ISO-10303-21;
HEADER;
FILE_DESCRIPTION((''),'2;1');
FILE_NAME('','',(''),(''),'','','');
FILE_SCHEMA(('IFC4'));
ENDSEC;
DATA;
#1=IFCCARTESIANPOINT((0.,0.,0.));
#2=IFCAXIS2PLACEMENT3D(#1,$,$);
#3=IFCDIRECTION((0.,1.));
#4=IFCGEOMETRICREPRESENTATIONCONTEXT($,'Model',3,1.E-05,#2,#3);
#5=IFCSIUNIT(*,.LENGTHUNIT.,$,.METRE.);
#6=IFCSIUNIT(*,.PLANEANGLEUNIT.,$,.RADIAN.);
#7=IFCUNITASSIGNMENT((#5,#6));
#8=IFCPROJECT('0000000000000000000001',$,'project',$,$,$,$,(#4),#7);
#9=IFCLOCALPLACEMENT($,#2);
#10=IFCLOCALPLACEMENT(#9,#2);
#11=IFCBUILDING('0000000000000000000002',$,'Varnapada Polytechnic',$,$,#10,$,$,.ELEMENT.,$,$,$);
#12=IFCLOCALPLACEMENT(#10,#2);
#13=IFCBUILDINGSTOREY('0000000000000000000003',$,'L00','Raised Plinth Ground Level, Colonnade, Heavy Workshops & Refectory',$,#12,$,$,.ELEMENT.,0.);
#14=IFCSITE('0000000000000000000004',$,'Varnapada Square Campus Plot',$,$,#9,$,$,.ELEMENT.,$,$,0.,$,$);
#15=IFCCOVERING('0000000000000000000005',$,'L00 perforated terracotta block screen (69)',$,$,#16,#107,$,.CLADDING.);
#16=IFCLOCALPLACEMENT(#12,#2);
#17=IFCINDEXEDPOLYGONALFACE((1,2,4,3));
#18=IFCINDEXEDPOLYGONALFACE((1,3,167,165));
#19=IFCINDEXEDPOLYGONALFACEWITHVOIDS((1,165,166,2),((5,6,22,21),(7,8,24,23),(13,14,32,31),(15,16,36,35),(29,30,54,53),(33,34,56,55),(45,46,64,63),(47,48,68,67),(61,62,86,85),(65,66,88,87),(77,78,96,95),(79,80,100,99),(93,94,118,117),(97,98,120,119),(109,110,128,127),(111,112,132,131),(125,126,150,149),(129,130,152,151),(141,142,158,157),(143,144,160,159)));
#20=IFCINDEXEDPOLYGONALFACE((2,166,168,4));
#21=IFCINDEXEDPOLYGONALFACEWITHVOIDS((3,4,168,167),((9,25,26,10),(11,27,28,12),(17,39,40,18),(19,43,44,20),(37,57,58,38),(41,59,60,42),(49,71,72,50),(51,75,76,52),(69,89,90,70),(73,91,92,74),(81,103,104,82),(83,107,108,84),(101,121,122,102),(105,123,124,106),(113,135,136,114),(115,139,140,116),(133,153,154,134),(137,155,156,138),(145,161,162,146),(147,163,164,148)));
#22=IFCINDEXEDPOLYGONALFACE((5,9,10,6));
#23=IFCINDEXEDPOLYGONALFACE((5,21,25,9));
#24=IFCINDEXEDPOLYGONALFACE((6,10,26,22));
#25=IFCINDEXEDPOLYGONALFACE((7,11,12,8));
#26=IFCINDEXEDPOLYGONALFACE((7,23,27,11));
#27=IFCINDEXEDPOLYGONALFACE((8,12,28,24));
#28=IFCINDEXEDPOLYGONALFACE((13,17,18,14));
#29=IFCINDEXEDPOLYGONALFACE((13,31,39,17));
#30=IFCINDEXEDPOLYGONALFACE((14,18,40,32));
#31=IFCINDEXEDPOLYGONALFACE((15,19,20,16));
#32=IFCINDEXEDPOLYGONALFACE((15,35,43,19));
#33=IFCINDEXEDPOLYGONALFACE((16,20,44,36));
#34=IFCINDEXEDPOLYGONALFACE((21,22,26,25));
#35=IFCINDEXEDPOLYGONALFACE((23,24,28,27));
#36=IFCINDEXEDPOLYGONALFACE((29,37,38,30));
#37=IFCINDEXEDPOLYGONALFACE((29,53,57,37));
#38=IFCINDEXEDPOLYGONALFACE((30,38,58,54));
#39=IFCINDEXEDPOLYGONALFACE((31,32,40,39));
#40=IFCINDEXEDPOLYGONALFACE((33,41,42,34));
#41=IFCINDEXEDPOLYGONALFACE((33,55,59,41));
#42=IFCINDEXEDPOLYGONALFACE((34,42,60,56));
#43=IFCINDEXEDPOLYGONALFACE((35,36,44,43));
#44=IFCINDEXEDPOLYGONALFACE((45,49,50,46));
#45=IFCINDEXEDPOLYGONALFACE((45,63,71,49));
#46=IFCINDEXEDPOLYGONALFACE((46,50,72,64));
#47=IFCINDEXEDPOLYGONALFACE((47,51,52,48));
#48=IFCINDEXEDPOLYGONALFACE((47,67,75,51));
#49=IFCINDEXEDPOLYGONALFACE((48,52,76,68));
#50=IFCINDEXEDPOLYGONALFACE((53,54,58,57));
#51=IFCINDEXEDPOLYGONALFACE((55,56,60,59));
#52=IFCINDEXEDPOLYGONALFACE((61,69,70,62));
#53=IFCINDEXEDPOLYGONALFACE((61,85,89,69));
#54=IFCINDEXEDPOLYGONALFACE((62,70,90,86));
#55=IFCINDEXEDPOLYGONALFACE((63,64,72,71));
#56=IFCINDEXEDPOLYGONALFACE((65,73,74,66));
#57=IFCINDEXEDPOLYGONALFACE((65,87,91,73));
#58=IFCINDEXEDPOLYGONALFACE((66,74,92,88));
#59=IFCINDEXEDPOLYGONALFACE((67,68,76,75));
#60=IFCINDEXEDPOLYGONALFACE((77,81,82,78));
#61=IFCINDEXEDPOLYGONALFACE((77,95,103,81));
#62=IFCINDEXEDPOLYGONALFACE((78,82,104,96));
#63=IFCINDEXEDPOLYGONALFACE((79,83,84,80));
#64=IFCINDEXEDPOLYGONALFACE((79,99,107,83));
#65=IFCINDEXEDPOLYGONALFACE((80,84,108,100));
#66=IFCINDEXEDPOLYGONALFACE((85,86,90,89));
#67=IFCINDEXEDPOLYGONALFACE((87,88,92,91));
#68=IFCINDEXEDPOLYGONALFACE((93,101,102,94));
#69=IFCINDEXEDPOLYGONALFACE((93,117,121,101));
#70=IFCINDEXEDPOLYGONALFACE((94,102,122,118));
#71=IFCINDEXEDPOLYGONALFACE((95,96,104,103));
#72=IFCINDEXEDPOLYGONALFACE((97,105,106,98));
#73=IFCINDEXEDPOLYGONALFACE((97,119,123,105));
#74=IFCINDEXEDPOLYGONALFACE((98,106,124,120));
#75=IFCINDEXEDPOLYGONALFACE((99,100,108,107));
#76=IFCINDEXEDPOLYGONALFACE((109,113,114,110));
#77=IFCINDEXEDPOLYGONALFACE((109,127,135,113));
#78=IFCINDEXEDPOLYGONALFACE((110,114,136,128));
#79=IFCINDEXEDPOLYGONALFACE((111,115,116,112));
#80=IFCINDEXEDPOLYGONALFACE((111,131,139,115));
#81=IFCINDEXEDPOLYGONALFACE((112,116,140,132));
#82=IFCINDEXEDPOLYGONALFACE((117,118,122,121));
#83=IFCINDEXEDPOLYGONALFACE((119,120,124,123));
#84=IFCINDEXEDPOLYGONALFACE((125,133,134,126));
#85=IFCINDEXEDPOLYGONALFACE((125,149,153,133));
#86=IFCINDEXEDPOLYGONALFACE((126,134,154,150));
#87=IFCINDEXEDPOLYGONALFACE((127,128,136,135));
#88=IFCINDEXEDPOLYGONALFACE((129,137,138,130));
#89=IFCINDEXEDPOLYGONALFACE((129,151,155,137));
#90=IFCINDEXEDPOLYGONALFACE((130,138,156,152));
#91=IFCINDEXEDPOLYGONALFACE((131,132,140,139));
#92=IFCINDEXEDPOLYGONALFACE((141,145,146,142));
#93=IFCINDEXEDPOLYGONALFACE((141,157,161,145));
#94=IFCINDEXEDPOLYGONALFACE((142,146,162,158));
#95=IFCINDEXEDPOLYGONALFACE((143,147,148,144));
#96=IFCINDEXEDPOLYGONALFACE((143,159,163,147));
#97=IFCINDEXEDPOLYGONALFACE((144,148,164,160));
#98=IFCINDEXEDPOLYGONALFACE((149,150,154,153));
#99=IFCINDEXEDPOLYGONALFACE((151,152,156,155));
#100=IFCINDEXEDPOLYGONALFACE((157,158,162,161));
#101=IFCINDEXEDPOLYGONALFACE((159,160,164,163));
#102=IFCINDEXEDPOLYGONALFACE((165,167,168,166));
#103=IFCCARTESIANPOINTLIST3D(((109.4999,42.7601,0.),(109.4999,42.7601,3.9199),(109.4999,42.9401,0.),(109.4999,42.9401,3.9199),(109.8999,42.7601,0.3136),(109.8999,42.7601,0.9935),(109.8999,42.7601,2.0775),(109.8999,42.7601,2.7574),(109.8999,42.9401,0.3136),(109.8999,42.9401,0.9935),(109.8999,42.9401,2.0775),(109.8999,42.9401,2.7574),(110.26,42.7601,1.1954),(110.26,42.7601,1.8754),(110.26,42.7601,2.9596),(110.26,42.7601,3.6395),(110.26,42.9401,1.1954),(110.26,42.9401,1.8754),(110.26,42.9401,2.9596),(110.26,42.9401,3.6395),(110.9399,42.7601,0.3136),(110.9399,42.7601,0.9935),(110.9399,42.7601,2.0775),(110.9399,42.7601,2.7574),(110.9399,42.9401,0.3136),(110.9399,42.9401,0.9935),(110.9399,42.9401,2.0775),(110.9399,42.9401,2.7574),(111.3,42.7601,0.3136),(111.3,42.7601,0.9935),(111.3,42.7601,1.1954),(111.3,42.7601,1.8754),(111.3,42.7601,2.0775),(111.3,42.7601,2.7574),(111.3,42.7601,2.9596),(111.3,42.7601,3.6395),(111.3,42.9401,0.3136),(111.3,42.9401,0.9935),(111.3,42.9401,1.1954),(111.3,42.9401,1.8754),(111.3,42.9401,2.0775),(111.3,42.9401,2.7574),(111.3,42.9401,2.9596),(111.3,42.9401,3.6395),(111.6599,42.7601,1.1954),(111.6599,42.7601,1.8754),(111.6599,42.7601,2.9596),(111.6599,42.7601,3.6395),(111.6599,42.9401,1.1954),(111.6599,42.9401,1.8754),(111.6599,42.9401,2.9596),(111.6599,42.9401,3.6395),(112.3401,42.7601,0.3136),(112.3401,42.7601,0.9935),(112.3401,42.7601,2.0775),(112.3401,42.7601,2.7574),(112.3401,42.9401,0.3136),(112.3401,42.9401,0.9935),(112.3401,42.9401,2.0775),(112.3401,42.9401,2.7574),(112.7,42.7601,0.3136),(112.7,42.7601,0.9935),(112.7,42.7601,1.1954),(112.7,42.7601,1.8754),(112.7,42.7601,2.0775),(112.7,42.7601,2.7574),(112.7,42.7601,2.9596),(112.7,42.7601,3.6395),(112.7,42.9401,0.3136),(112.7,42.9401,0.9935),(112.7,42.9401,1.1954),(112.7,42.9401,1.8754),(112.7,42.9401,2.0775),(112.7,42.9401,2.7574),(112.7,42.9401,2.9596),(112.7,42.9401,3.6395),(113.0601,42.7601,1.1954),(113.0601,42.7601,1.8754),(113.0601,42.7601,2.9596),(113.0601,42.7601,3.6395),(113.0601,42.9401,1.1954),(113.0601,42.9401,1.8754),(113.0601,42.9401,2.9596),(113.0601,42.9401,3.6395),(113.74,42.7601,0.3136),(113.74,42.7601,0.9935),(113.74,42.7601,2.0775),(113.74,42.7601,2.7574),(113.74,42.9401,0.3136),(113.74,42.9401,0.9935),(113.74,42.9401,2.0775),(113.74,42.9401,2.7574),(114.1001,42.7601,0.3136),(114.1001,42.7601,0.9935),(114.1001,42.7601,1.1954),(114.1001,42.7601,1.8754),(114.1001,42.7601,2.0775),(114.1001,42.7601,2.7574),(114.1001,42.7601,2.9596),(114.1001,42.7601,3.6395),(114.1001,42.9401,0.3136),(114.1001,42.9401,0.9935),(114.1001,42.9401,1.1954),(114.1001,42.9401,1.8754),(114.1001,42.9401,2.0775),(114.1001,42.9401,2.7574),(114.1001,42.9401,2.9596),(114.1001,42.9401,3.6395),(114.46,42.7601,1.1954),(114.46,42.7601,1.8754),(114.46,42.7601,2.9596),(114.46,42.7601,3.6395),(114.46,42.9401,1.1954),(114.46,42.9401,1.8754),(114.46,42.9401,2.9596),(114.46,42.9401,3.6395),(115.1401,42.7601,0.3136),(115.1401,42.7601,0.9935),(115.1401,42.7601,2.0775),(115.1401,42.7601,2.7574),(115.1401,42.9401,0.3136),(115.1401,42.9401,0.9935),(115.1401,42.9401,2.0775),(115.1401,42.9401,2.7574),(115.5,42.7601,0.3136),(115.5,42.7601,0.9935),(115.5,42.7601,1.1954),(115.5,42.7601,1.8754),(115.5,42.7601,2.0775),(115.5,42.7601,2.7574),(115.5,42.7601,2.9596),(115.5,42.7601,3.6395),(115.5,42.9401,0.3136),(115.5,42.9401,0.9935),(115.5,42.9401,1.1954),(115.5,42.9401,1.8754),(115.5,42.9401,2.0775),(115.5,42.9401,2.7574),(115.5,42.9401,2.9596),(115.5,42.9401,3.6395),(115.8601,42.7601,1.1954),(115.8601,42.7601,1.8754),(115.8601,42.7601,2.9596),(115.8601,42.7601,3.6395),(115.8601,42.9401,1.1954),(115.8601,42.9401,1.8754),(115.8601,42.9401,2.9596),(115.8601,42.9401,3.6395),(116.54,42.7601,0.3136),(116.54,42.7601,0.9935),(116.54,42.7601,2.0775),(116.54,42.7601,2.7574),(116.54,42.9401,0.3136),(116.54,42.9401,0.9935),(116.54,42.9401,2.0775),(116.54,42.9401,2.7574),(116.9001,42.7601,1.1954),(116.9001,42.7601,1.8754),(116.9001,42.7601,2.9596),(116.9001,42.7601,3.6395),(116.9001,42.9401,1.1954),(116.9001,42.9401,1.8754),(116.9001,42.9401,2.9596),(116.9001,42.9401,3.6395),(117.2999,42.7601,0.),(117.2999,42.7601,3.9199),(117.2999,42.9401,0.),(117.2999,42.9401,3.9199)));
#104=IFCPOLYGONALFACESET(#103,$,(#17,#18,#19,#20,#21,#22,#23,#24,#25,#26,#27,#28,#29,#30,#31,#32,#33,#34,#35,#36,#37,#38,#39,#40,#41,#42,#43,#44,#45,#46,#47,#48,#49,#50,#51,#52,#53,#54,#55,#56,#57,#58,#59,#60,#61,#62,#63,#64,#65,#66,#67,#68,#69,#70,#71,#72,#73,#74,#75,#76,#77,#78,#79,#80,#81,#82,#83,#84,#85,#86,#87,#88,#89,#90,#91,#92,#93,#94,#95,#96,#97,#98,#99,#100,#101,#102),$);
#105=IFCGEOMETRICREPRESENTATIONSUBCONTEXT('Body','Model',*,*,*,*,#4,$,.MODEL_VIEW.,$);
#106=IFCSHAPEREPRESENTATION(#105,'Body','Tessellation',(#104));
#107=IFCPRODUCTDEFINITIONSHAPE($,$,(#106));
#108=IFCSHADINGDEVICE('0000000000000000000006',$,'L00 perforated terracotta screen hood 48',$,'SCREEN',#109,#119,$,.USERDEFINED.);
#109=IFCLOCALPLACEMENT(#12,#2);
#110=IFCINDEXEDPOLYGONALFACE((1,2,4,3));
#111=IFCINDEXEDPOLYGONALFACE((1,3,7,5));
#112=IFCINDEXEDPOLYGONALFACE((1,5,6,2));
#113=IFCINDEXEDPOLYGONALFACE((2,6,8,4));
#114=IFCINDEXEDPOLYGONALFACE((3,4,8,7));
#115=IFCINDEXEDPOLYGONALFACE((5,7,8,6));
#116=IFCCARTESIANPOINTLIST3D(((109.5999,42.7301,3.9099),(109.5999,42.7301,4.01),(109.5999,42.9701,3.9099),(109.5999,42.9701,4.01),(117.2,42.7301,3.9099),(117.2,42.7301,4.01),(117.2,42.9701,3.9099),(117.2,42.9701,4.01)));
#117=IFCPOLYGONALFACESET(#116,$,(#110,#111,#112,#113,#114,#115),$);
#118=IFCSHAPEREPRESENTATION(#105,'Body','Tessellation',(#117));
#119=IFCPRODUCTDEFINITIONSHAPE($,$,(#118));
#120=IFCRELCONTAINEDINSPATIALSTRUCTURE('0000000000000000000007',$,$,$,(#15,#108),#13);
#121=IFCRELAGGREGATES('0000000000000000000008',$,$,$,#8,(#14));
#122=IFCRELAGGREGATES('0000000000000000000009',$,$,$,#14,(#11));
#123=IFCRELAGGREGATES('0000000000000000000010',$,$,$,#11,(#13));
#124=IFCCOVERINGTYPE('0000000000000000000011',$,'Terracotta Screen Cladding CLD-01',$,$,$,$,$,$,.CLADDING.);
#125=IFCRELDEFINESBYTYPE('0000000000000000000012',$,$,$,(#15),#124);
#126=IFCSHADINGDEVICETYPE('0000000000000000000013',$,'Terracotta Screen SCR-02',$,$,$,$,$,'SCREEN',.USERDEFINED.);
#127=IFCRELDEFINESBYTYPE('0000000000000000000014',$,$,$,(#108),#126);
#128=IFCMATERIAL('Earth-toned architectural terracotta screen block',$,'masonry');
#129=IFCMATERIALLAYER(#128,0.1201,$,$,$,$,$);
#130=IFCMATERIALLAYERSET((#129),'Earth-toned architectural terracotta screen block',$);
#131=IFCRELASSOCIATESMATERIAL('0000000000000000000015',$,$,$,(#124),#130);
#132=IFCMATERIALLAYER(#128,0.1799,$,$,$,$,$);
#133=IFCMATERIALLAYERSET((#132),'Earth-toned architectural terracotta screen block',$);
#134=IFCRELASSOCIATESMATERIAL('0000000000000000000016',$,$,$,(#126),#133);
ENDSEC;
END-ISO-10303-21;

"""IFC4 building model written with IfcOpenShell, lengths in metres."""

from ifc_helpers import new_model, si_unit, direction, frame, frame_2d, origin, origin_2d, place, context, subcontext, project, spatial, rectangle, extrude, material, layer, layer_set, type_object, element, save


model = new_model("IFC4")

# Units and contexts
model_context = context("Model", 3, precision=1e-05, world=origin(), true_north=direction((0.0, 1.0)))
body_context = subcontext(model_context, "Body", "Model", "MODEL_VIEW")
ifc_project = project(units=[si_unit("LENGTHUNIT", "METRE"), si_unit("PLANEANGLEUNIT", "RADIAN")], contexts=[model_context])

# Site, building, storey
site_placement = place(None, origin())
site = spatial("IfcSite", under=ifc_project, at=site_placement, Name="Varnapada Square Campus Plot", CompositionType="ELEMENT", RefElevation=0.0)
building_placement = place(site_placement, origin())
building = spatial("IfcBuilding", under=site, at=building_placement, Name="Varnapada Polytechnic", CompositionType="ELEMENT")
storey_placement = place(building_placement, origin())
storey = spatial("IfcBuildingStorey", under=building, at=storey_placement, Name="L00", Description="Raised Plinth Ground Level, Colonnade, Heavy Workshops & Refectory", CompositionType="ELEMENT", Elevation=0.0)

# Covering, openings
ifc_material_1 = material(Name="Earth-toned architectural terracotta screen block", Category="masonry")
ifc_layer_1 = layer(ifc_material_1, 0.1201)
ifc_layer_set_1 = layer_set([ifc_layer_1], Name="Earth-toned architectural terracotta screen block")
covering_type = type_object("IfcCoveringType", Name="Terracotta Screen Cladding CLD-01", PredefinedType="CLADDING", material=ifc_layer_set_1)
covering_placement = place(storey_placement, frame((109.5, 42.8501, 0.0), z_axis=(0.0, 0.0, 1.0), x_axis=(1.0, 0.0, 0.0)))
covering = element("IfcCovering", 1, at=covering_placement, inside=storey, type_object=covering_type, Name="L00 perforated terracotta block screen (69)", PredefinedType="CLADDING", context=body_context, shape_type="SweptSolid", body=[
    extrude(rectangle(XDim=7.8, YDim=0.1799, at=frame_2d((3.8999, 0.0))), origin(), (0.0, 0.0, 1.0), 3.9199),
])
opening_1_placement = place(covering_placement, frame((0.3999, 0.0, 0.3137)))
element("IfcOpeningElement", 2, at=opening_1_placement, cuts=covering, PredefinedType="OPENING", context=body_context, shape_type="SweptSolid", body=[
    extrude(rectangle(XDim=1.04, YDim=0.6799, at=frame_2d((0.52, 0.3398))), frame((0.0, 0.0999, 0.0), z_axis=(0.0, -1.0, 0.0), x_axis=(1.0, 0.0, 0.0)), (0.0, 0.0, 1.0), 0.2),
])
opening_2_placement = place(covering_placement, frame((1.8, 0.0, 0.3137)))
element("IfcOpeningElement", 3, at=opening_2_placement, cuts=covering, PredefinedType="OPENING", context=body_context, shape_type="SweptSolid", body=[
    extrude(rectangle(XDim=1.04, YDim=0.6799, at=frame_2d((0.52, 0.3398))), frame((0.0, 0.0999, 0.0), z_axis=(0.0, -1.0, 0.0), x_axis=(1.0, 0.0, 0.0)), (0.0, 0.0, 1.0), 0.2),
])
opening_3_placement = place(covering_placement, frame((3.2, 0.0, 0.3137)))
element("IfcOpeningElement", 4, at=opening_3_placement, cuts=covering, PredefinedType="OPENING", context=body_context, shape_type="SweptSolid", body=[
    extrude(rectangle(XDim=1.04, YDim=0.6799, at=frame_2d((0.52, 0.3398))), frame((0.0, 0.0999, 0.0), z_axis=(0.0, -1.0, 0.0), x_axis=(1.0, 0.0, 0.0)), (0.0, 0.0, 1.0), 0.2),
])
opening_4_placement = place(covering_placement, frame((4.6001, 0.0, 0.3137)))
element("IfcOpeningElement", 5, at=opening_4_placement, cuts=covering, PredefinedType="OPENING", context=body_context, shape_type="SweptSolid", body=[
    extrude(rectangle(XDim=1.04, YDim=0.6799, at=frame_2d((0.52, 0.3398))), frame((0.0, 0.0999, 0.0), z_axis=(0.0, -1.0, 0.0), x_axis=(1.0, 0.0, 0.0)), (0.0, 0.0, 1.0), 0.2),
])
opening_5_placement = place(covering_placement, frame((6.0, 0.0, 0.3137)))
element("IfcOpeningElement", 6, at=opening_5_placement, cuts=covering, PredefinedType="OPENING", context=body_context, shape_type="SweptSolid", body=[
    extrude(rectangle(XDim=1.04, YDim=0.6799, at=frame_2d((0.52, 0.3398))), frame((0.0, 0.0999, 0.0), z_axis=(0.0, -1.0, 0.0), x_axis=(1.0, 0.0, 0.0)), (0.0, 0.0, 1.0), 0.2),
])
opening_6_placement = place(covering_placement, frame((0.76, 0.0, 1.1956)))
element("IfcOpeningElement", 7, at=opening_6_placement, cuts=covering, PredefinedType="OPENING", context=body_context, shape_type="SweptSolid", body=[
    extrude(rectangle(XDim=1.04, YDim=0.6799, at=frame_2d((0.52, 0.3398))), frame((0.0, 0.0999, 0.0), z_axis=(0.0, -1.0, 0.0), x_axis=(1.0, 0.0, 0.0)), (0.0, 0.0, 1.0), 0.2),
])
opening_7_placement = place(covering_placement, frame((2.1599, 0.0, 1.1956)))
element("IfcOpeningElement", 8, at=opening_7_placement, cuts=covering, PredefinedType="OPENING", context=body_context, shape_type="SweptSolid", body=[
    extrude(rectangle(XDim=1.04, YDim=0.6799, at=frame_2d((0.52, 0.3398))), frame((0.0, 0.0999, 0.0), z_axis=(0.0, -1.0, 0.0), x_axis=(1.0, 0.0, 0.0)), (0.0, 0.0, 1.0), 0.2),
])
opening_8_placement = place(covering_placement, frame((3.5601, 0.0, 1.1956)))
element("IfcOpeningElement", 9, at=opening_8_placement, cuts=covering, PredefinedType="OPENING", context=body_context, shape_type="SweptSolid", body=[
    extrude(rectangle(XDim=1.04, YDim=0.6799, at=frame_2d((0.52, 0.3398))), frame((0.0, 0.0999, 0.0), z_axis=(0.0, -1.0, 0.0), x_axis=(1.0, 0.0, 0.0)), (0.0, 0.0, 1.0), 0.2),
])
opening_9_placement = place(covering_placement, frame((4.96, 0.0, 1.1956)))
element("IfcOpeningElement", 10, at=opening_9_placement, cuts=covering, PredefinedType="OPENING", context=body_context, shape_type="SweptSolid", body=[
    extrude(rectangle(XDim=1.04, YDim=0.6799, at=frame_2d((0.52, 0.3398))), frame((0.0, 0.0999, 0.0), z_axis=(0.0, -1.0, 0.0), x_axis=(1.0, 0.0, 0.0)), (0.0, 0.0, 1.0), 0.2),
])
opening_10_placement = place(covering_placement, frame((6.3601, 0.0, 1.1956)))
element("IfcOpeningElement", 11, at=opening_10_placement, cuts=covering, PredefinedType="OPENING", context=body_context, shape_type="SweptSolid", body=[
    extrude(rectangle(XDim=1.04, YDim=0.6799, at=frame_2d((0.52, 0.3398))), frame((0.0, 0.0999, 0.0), z_axis=(0.0, -1.0, 0.0), x_axis=(1.0, 0.0, 0.0)), (0.0, 0.0, 1.0), 0.2),
])
opening_11_placement = place(covering_placement, frame((0.3999, 0.0, 2.0776)))
element("IfcOpeningElement", 12, at=opening_11_placement, cuts=covering, PredefinedType="OPENING", context=body_context, shape_type="SweptSolid", body=[
    extrude(rectangle(XDim=1.04, YDim=0.6799, at=frame_2d((0.52, 0.3398))), frame((0.0, 0.0999, 0.0), z_axis=(0.0, -1.0, 0.0), x_axis=(1.0, 0.0, 0.0)), (0.0, 0.0, 1.0), 0.2),
])
opening_12_placement = place(covering_placement, frame((1.8, 0.0, 2.0776)))
element("IfcOpeningElement", 13, at=opening_12_placement, cuts=covering, PredefinedType="OPENING", context=body_context, shape_type="SweptSolid", body=[
    extrude(rectangle(XDim=1.04, YDim=0.6799, at=frame_2d((0.52, 0.3398))), frame((0.0, 0.0999, 0.0), z_axis=(0.0, -1.0, 0.0), x_axis=(1.0, 0.0, 0.0)), (0.0, 0.0, 1.0), 0.2),
])
opening_13_placement = place(covering_placement, frame((3.2, 0.0, 2.0776)))
element("IfcOpeningElement", 14, at=opening_13_placement, cuts=covering, PredefinedType="OPENING", context=body_context, shape_type="SweptSolid", body=[
    extrude(rectangle(XDim=1.04, YDim=0.6799, at=frame_2d((0.52, 0.3398))), frame((0.0, 0.0999, 0.0), z_axis=(0.0, -1.0, 0.0), x_axis=(1.0, 0.0, 0.0)), (0.0, 0.0, 1.0), 0.2),
])
opening_14_placement = place(covering_placement, frame((4.6001, 0.0, 2.0776)))
element("IfcOpeningElement", 15, at=opening_14_placement, cuts=covering, PredefinedType="OPENING", context=body_context, shape_type="SweptSolid", body=[
    extrude(rectangle(XDim=1.04, YDim=0.6799, at=frame_2d((0.52, 0.3398))), frame((0.0, 0.0999, 0.0), z_axis=(0.0, -1.0, 0.0), x_axis=(1.0, 0.0, 0.0)), (0.0, 0.0, 1.0), 0.2),
])
opening_15_placement = place(covering_placement, frame((6.0, 0.0, 2.0776)))
element("IfcOpeningElement", 16, at=opening_15_placement, cuts=covering, PredefinedType="OPENING", context=body_context, shape_type="SweptSolid", body=[
    extrude(rectangle(XDim=1.04, YDim=0.6799, at=frame_2d((0.52, 0.3398))), frame((0.0, 0.0999, 0.0), z_axis=(0.0, -1.0, 0.0), x_axis=(1.0, 0.0, 0.0)), (0.0, 0.0, 1.0), 0.2),
])
opening_16_placement = place(covering_placement, frame((0.76, 0.0, 2.9597)))
element("IfcOpeningElement", 17, at=opening_16_placement, cuts=covering, PredefinedType="OPENING", context=body_context, shape_type="SweptSolid", body=[
    extrude(rectangle(XDim=1.04, YDim=0.6799, at=frame_2d((0.52, 0.3398))), frame((0.0, 0.0999, 0.0), z_axis=(0.0, -1.0, 0.0), x_axis=(1.0, 0.0, 0.0)), (0.0, 0.0, 1.0), 0.2),
])
opening_17_placement = place(covering_placement, frame((2.1599, 0.0, 2.9597)))
element("IfcOpeningElement", 18, at=opening_17_placement, cuts=covering, PredefinedType="OPENING", context=body_context, shape_type="SweptSolid", body=[
    extrude(rectangle(XDim=1.04, YDim=0.6799, at=frame_2d((0.52, 0.3398))), frame((0.0, 0.0999, 0.0), z_axis=(0.0, -1.0, 0.0), x_axis=(1.0, 0.0, 0.0)), (0.0, 0.0, 1.0), 0.2),
])
opening_18_placement = place(covering_placement, frame((3.5601, 0.0, 2.9597)))
element("IfcOpeningElement", 19, at=opening_18_placement, cuts=covering, PredefinedType="OPENING", context=body_context, shape_type="SweptSolid", body=[
    extrude(rectangle(XDim=1.04, YDim=0.6799, at=frame_2d((0.52, 0.3398))), frame((0.0, 0.0999, 0.0), z_axis=(0.0, -1.0, 0.0), x_axis=(1.0, 0.0, 0.0)), (0.0, 0.0, 1.0), 0.2),
])
opening_19_placement = place(covering_placement, frame((4.96, 0.0, 2.9597)))
element("IfcOpeningElement", 20, at=opening_19_placement, cuts=covering, PredefinedType="OPENING", context=body_context, shape_type="SweptSolid", body=[
    extrude(rectangle(XDim=1.04, YDim=0.6799, at=frame_2d((0.52, 0.3398))), frame((0.0, 0.0999, 0.0), z_axis=(0.0, -1.0, 0.0), x_axis=(1.0, 0.0, 0.0)), (0.0, 0.0, 1.0), 0.2),
])
opening_20_placement = place(covering_placement, frame((6.3601, 0.0, 2.9597)))
element("IfcOpeningElement", 21, at=opening_20_placement, cuts=covering, PredefinedType="OPENING", context=body_context, shape_type="SweptSolid", body=[
    extrude(rectangle(XDim=1.04, YDim=0.6799, at=frame_2d((0.52, 0.3398))), frame((0.0, 0.0999, 0.0), z_axis=(0.0, -1.0, 0.0), x_axis=(1.0, 0.0, 0.0)), (0.0, 0.0, 1.0), 0.2),
])

# Shading device
ifc_layer_2 = layer(ifc_material_1, 0.1799)
ifc_layer_set_2 = layer_set([ifc_layer_2], Name="Earth-toned architectural terracotta screen block")
shading_device_type = type_object("IfcShadingDeviceType", Name="Terracotta Screen SCR-02", ElementType="SCREEN", PredefinedType="USERDEFINED", material=ifc_layer_set_2)
shading_device_placement = place(storey_placement, frame((113.3999, 42.8501, 3.9099), z_axis=(0.0, 0.0, 1.0), x_axis=(1.0, 0.0, 0.0)))
element("IfcShadingDevice", 22, at=shading_device_placement, inside=storey, type_object=shading_device_type, Name="L00 perforated terracotta screen hood 48", ObjectType="SCREEN", PredefinedType="USERDEFINED", context=body_context, shape_type="SweptSolid", body=[
    extrude(rectangle(XDim=7.6001, YDim=0.24, at=origin_2d()), origin(), (0.0, 0.0, 1.0), 0.1001),
])

save(model, "model.ifc")
